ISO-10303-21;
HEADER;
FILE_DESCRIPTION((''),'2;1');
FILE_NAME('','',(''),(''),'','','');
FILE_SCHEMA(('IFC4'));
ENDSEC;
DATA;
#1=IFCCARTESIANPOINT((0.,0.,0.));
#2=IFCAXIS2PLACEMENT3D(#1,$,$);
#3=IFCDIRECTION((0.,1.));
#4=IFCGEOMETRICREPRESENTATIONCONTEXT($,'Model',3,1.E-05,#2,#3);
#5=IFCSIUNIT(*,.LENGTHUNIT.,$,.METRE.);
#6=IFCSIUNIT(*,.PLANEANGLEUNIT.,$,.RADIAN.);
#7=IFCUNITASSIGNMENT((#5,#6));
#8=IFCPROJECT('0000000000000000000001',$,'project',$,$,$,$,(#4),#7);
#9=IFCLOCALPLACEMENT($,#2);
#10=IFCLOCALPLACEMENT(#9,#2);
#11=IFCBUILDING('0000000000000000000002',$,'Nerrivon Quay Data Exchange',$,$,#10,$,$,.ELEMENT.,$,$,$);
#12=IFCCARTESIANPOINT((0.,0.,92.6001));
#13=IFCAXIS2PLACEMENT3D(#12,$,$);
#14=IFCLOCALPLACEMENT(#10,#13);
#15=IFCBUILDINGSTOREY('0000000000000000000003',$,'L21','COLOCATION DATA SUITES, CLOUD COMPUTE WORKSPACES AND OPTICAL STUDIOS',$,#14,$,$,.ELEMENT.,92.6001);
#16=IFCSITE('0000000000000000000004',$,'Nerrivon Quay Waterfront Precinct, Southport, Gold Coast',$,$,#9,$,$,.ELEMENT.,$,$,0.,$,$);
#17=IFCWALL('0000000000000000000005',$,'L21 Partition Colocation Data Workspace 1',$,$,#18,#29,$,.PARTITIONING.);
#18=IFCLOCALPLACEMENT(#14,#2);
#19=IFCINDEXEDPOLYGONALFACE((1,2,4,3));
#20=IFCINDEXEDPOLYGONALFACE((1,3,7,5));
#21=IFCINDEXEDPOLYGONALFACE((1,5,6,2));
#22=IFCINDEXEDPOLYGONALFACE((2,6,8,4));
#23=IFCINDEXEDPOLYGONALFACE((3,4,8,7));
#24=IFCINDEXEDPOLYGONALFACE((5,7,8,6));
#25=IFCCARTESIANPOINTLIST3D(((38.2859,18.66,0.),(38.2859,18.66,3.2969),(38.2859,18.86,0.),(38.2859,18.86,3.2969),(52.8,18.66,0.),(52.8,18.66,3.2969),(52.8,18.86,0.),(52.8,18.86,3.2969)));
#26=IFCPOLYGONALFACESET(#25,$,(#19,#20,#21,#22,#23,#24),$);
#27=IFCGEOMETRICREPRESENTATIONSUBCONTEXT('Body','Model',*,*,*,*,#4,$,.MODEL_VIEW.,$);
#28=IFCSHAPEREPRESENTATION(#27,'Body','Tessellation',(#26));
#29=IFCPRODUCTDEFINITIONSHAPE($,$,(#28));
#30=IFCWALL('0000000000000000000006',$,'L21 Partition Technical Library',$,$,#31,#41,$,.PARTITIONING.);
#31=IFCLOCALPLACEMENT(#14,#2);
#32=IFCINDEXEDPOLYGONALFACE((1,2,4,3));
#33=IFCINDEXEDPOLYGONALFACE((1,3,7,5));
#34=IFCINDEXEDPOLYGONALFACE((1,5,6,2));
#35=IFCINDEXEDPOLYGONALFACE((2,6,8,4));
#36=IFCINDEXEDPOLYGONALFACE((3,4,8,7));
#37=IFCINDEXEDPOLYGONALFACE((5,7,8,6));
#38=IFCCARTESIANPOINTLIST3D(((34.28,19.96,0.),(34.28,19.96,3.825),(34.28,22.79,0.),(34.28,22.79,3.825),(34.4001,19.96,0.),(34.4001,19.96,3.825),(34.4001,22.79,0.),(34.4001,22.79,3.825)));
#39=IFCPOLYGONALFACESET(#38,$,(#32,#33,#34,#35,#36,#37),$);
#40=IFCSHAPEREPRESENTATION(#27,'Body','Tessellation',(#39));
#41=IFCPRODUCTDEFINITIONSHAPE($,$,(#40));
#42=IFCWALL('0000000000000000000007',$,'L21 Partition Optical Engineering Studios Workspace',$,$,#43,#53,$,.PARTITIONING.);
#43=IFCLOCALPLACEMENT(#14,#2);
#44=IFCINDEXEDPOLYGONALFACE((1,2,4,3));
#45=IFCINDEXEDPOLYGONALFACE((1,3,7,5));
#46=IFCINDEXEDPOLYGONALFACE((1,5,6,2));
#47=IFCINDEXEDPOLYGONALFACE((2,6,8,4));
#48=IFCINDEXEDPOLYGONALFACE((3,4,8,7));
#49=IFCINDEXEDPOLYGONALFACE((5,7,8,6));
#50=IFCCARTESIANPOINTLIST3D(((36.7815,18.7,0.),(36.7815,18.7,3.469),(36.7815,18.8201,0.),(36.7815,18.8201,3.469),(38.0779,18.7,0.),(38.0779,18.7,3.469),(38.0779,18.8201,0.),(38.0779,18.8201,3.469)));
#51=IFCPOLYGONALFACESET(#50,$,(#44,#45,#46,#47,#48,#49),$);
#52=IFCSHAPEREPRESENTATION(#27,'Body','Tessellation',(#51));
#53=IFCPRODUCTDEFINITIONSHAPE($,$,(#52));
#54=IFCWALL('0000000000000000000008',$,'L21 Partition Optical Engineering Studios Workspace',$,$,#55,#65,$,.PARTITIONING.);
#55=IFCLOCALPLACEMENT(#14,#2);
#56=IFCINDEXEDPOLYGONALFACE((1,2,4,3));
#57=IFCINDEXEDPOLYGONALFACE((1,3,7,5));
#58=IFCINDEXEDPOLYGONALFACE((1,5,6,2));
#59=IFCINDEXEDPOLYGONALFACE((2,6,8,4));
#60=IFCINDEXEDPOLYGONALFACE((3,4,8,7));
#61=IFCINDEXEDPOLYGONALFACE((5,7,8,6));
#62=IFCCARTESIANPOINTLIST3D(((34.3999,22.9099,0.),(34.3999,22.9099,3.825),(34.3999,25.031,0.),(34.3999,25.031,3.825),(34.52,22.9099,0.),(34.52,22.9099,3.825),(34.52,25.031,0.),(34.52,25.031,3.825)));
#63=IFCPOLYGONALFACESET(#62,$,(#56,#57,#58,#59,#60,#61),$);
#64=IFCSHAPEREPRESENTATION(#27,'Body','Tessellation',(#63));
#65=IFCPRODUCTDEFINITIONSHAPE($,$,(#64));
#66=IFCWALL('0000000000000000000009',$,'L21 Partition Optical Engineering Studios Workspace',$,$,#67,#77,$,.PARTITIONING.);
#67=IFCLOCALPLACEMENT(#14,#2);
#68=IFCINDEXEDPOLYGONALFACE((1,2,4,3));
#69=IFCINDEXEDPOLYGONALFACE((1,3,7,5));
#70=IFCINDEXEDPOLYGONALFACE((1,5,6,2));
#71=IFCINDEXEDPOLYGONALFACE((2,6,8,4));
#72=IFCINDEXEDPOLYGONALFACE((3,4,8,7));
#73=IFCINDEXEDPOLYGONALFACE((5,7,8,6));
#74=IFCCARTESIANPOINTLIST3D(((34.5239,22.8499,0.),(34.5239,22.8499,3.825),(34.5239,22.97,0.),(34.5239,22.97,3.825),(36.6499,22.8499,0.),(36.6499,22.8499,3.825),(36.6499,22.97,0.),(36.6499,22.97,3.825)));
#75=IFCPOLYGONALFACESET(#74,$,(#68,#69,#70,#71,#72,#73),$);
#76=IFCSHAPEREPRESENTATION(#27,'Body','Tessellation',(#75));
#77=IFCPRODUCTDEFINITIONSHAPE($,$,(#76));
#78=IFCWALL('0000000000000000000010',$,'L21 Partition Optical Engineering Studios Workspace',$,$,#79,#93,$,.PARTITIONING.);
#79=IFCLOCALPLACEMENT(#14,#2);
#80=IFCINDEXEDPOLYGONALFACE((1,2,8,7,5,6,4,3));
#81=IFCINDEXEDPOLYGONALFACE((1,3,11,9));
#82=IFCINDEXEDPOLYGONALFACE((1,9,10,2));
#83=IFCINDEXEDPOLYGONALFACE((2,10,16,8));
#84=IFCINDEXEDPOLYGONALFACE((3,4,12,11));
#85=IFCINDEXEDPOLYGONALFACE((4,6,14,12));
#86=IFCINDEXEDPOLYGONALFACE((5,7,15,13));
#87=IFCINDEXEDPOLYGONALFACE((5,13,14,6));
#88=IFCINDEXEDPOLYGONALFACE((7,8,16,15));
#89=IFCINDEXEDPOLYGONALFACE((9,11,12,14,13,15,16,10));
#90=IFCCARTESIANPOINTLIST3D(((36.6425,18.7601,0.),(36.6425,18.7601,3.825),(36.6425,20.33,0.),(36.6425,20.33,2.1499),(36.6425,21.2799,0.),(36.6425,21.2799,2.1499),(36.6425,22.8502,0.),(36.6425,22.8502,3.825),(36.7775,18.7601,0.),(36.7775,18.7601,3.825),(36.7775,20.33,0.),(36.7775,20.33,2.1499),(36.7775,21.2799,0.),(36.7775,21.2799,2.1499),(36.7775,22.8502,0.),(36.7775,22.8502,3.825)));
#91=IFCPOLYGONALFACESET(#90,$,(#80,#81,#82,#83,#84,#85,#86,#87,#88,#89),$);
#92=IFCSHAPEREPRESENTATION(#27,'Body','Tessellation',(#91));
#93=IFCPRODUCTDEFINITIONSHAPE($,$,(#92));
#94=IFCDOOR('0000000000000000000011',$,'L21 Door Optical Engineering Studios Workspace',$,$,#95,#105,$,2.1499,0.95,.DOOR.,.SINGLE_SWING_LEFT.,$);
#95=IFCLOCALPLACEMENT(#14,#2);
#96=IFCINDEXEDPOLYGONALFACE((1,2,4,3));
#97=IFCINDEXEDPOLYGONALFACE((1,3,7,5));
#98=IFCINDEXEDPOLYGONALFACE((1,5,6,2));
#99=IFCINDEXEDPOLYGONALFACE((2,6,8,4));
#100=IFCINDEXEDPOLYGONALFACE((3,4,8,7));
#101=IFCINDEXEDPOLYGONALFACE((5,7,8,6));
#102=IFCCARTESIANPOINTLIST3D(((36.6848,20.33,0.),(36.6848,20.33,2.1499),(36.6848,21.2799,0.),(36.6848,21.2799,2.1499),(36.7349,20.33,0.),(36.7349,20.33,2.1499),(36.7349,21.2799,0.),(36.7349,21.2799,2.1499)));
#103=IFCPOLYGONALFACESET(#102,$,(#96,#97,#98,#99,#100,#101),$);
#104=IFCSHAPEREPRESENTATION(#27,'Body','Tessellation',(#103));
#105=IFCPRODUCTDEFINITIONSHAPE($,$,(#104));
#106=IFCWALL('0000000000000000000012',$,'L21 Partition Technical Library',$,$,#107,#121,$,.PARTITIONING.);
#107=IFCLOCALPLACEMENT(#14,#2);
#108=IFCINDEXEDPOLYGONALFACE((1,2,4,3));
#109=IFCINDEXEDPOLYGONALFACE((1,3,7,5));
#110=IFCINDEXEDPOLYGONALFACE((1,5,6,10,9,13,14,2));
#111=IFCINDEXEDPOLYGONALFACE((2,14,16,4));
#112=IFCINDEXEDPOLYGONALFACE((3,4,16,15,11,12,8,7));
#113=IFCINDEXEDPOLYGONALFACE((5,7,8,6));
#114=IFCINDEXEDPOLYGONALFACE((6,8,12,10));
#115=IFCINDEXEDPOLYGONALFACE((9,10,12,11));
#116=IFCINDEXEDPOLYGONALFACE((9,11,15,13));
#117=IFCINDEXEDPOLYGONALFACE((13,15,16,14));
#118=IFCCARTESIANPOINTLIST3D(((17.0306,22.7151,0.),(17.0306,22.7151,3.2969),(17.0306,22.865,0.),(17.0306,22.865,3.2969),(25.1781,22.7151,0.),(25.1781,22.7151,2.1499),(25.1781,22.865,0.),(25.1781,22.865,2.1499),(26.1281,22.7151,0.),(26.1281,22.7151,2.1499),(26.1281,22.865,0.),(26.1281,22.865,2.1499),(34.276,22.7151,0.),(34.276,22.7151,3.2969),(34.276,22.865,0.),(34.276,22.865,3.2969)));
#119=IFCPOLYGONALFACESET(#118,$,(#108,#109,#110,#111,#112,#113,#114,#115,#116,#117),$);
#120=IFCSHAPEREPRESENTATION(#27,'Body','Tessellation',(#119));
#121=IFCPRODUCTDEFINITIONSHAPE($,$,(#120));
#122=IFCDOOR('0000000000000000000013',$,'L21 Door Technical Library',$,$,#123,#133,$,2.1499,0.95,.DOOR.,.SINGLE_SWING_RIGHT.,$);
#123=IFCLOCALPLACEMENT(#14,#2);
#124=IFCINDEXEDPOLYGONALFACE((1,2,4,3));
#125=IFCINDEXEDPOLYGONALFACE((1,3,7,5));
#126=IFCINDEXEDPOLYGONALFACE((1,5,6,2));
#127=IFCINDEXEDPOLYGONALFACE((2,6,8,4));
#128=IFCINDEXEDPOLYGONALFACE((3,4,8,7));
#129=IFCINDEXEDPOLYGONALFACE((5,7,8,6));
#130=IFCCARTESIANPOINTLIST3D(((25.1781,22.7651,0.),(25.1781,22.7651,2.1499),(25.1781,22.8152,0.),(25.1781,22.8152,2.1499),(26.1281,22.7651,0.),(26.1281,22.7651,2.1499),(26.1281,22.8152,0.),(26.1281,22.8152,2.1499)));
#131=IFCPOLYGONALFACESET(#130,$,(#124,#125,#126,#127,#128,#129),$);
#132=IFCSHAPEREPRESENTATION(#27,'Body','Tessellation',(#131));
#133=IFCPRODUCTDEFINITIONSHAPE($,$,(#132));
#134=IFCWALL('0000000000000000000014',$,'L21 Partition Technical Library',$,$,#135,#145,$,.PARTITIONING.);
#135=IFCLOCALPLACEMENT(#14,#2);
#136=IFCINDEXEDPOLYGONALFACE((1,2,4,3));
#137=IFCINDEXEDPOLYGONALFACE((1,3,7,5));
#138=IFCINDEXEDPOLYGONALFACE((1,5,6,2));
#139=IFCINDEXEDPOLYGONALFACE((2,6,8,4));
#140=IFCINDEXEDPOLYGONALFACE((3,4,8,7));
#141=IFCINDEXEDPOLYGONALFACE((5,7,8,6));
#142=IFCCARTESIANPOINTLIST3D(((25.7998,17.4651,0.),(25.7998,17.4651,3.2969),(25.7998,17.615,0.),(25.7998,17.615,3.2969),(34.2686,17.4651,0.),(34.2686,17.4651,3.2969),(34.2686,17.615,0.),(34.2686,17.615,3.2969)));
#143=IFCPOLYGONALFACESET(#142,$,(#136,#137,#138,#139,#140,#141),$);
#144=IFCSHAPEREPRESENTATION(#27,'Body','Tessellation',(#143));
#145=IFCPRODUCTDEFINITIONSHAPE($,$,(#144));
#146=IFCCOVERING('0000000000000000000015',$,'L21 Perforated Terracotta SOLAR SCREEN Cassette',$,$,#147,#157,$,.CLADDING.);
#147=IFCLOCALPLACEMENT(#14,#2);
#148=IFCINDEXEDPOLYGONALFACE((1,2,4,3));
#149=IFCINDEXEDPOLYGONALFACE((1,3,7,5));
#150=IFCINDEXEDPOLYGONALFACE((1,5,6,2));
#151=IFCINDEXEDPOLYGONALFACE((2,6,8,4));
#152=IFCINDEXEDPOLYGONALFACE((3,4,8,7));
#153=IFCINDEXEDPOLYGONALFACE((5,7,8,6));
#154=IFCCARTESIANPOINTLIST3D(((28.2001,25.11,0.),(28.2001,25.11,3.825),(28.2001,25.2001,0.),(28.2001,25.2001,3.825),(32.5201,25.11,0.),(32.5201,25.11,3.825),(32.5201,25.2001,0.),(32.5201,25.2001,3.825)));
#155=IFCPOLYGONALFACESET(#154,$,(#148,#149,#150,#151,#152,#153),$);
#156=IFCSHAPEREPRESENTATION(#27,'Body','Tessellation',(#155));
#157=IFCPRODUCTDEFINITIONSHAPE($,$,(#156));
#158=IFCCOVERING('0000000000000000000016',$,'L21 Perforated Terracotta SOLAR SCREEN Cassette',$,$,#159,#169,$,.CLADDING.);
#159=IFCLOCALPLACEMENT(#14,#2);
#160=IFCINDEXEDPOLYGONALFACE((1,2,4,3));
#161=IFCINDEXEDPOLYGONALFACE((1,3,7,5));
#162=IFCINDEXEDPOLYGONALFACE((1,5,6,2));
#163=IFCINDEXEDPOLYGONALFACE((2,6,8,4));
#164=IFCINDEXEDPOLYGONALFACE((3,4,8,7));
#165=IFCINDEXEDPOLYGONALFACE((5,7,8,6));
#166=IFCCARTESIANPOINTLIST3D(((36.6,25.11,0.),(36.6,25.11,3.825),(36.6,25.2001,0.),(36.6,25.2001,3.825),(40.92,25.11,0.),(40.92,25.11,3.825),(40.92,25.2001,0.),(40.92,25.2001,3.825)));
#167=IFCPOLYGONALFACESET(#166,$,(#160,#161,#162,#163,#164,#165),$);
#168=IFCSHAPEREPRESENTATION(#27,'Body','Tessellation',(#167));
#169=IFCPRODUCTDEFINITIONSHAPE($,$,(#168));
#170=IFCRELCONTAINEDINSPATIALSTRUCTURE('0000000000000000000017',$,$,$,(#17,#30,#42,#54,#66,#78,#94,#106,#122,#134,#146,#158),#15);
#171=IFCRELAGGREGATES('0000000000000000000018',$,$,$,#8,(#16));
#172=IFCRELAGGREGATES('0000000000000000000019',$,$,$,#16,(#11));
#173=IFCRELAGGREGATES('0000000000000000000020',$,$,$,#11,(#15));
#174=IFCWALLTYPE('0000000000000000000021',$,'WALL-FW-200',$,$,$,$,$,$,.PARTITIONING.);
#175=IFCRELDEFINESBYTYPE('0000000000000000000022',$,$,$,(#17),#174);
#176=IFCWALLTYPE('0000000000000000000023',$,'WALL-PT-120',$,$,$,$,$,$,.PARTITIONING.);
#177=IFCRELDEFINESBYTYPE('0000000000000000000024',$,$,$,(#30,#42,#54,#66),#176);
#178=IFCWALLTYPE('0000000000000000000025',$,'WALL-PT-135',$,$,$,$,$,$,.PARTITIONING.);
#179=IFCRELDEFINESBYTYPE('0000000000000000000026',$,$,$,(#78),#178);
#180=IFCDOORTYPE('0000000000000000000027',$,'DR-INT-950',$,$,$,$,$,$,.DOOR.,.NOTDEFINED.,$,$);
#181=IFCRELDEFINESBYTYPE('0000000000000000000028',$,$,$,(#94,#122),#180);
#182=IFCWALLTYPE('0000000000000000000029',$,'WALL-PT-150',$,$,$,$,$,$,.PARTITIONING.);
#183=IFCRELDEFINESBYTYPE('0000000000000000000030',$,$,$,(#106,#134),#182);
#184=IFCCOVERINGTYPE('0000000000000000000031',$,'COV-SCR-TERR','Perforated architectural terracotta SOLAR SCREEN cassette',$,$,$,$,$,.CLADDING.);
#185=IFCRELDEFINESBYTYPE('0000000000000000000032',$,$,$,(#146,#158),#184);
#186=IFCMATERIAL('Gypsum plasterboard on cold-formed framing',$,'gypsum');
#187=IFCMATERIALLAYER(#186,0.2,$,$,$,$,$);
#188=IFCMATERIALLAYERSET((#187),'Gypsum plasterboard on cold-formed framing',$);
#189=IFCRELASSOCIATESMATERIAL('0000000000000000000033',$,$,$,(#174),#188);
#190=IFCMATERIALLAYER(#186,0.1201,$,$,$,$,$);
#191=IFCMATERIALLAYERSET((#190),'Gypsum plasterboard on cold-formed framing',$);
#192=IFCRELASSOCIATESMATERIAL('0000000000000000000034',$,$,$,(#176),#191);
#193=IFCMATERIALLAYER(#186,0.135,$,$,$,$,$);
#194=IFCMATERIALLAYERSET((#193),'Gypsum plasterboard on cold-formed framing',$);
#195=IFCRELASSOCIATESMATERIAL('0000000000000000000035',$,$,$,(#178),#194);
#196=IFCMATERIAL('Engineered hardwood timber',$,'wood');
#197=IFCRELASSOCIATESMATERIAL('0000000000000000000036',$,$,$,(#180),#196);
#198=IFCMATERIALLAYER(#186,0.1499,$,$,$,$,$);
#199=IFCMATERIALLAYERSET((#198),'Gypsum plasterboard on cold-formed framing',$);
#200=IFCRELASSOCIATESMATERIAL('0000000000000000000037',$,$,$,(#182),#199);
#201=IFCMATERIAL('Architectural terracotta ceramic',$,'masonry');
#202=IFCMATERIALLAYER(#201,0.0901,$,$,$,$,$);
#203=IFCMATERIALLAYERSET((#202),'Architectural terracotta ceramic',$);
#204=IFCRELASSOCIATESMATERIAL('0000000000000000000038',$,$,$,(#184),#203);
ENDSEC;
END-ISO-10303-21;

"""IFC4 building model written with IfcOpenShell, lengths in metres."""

from ifc_helpers import new_model, si_unit, direction, frame, frame_2d, origin, origin_2d, place, context, subcontext, project, spatial, rectangle, extrude, material, layer, layer_set, type_object, element, fill, save


model = new_model("IFC4")

# Units and contexts
model_context = context("Model", 3, precision=1e-05, world=origin(), true_north=direction((0.0, 1.0)))
body_context = subcontext(model_context, "Body", "Model", "MODEL_VIEW")
ifc_project = project(units=[si_unit("LENGTHUNIT", "METRE"), si_unit("PLANEANGLEUNIT", "RADIAN")], contexts=[model_context])

# Site, building, storey
site_placement = place(None, origin())
site = spatial("IfcSite", under=ifc_project, at=site_placement, Name="Nerrivon Quay Waterfront Precinct, Southport, Gold Coast", CompositionType="ELEMENT", RefElevation=0.0)
building_placement = place(site_placement, origin())
building = spatial("IfcBuilding", under=site, at=building_placement, Name="Nerrivon Quay Data Exchange", CompositionType="ELEMENT")
storey_placement = place(building_placement, frame((0.0, 0.0, 92.6001)))
storey = spatial("IfcBuildingStorey", under=building, at=storey_placement, Name="L21", Description="COLOCATION DATA SUITES, CLOUD COMPUTE WORKSPACES AND OPTICAL STUDIOS", CompositionType="ELEMENT", Elevation=92.6001)

# Walls
ifc_material_1 = material(Name="Gypsum plasterboard on cold-formed framing", Category="gypsum")
ifc_layer_1 = layer(ifc_material_1, 0.2)
ifc_layer_set_1 = layer_set([ifc_layer_1], Name="Gypsum plasterboard on cold-formed framing")
wall_type_1 = type_object("IfcWallType", Name="WALL-FW-200", PredefinedType="PARTITIONING", material=ifc_layer_set_1)
wall_1_placement = place(storey_placement, frame((38.2859, 18.76, 0.0), z_axis=(0.0, 0.0, 1.0), x_axis=(1.0, 0.0, 0.0)))
element("IfcWall", 1, at=wall_1_placement, inside=storey, type_object=wall_type_1, Name="L21 Partition Colocation Data Workspace 1", PredefinedType="PARTITIONING", context=body_context, shape_type="SweptSolid", body=[
    extrude(rectangle(XDim=14.5142, YDim=0.2, at=frame_2d((7.2571, 0.0))), origin(), (0.0, 0.0, 1.0), 3.2969),
])
ifc_layer_2 = layer(ifc_material_1, 0.1201)
ifc_layer_set_2 = layer_set([ifc_layer_2], Name="Gypsum plasterboard on cold-formed framing")
wall_type_2 = type_object("IfcWallType", Name="WALL-PT-120", PredefinedType="PARTITIONING", material=ifc_layer_set_2)
wall_2_placement = place(storey_placement, frame((34.3401, 19.96, 0.0), z_axis=(0.0, 0.0, 1.0), x_axis=(0.0, 1.0, 0.0)))
element("IfcWall", 2, at=wall_2_placement, inside=storey, type_object=wall_type_2, Name="L21 Partition Technical Library", PredefinedType="PARTITIONING", context=body_context, shape_type="SweptSolid", body=[
    extrude(rectangle(XDim=2.8301, YDim=0.1201, at=frame_2d((1.415, 0.0))), origin(), (0.0, 0.0, 1.0), 3.825),
])
wall_3_placement = place(storey_placement, frame((36.7815, 18.76, 0.0), z_axis=(0.0, 0.0, 1.0), x_axis=(1.0, 0.0, 0.0)))
element("IfcWall", 3, at=wall_3_placement, inside=storey, type_object=wall_type_2, Name="L21 Partition Optical Engineering Studios Workspace", PredefinedType="PARTITIONING", context=body_context, shape_type="SweptSolid", body=[
    extrude(rectangle(XDim=1.2964, YDim=0.1201, at=frame_2d((0.6482, 0.0))), origin(), (0.0, 0.0, 1.0), 3.469),
])
wall_4_placement = place(storey_placement, frame((34.46, 25.031, 0.0), z_axis=(0.0, 0.0, 1.0), x_axis=(0.0, -1.0, 0.0)))
element("IfcWall", 4, at=wall_4_placement, inside=storey, type_object=wall_type_2, Name="L21 Partition Optical Engineering Studios Workspace", PredefinedType="PARTITIONING", context=body_context, shape_type="SweptSolid", body=[
    extrude(rectangle(XDim=2.1211, YDim=0.1201, at=frame_2d((1.0605, 0.0))), origin(), (0.0, 0.0, 1.0), 3.825),
])
wall_5_placement = place(storey_placement, frame((34.5239, 22.9099, 0.0), z_axis=(0.0, 0.0, 1.0), x_axis=(1.0, 0.0, 0.0)))
element("IfcWall", 5, at=wall_5_placement, inside=storey, type_object=wall_type_2, Name="L21 Partition Optical Engineering Studios Workspace", PredefinedType="PARTITIONING", context=body_context, shape_type="SweptSolid", body=[
    extrude(rectangle(XDim=2.126, YDim=0.1201, at=frame_2d((1.063, 0.0))), origin(), (0.0, 0.0, 1.0), 3.825),
])

# Walls, openings, doors
ifc_layer_3 = layer(ifc_material_1, 0.135)
ifc_layer_set_3 = layer_set([ifc_layer_3], Name="Gypsum plasterboard on cold-formed framing")
wall_type_3 = type_object("IfcWallType", Name="WALL-PT-135", PredefinedType="PARTITIONING", material=ifc_layer_set_3)
wall_6_placement = place(storey_placement, frame((36.71, 22.8501, 0.0), z_axis=(0.0, 0.0, 1.0), x_axis=(0.0, -1.0, 0.0)))
wall_6 = element("IfcWall", 6, at=wall_6_placement, inside=storey, type_object=wall_type_3, Name="L21 Partition Optical Engineering Studios Workspace", PredefinedType="PARTITIONING", context=body_context, shape_type="SweptSolid", body=[
    extrude(rectangle(XDim=4.0901, YDim=0.135, at=frame_2d((2.0449, 0.0))), origin(), (0.0, 0.0, 1.0), 3.825),
])
opening_1_placement = place(wall_6_placement, frame((1.5701, 0.0, 0.0)))
opening_1 = element("IfcOpeningElement", 7, at=opening_1_placement, cuts=wall_6, PredefinedType="OPENING", context=body_context, shape_type="SweptSolid", body=[
    extrude(rectangle(XDim=0.95, YDim=2.1499, at=frame_2d((0.4751, 1.075))), frame((0.0, 0.0774, 0.0), z_axis=(0.0, -1.0, 0.0), x_axis=(1.0, 0.0, 0.0)), (0.0, 0.0, 1.0), 0.155),
])
ifc_material_2 = material(Name="Engineered hardwood timber", Category="wood")
door_type = type_object("IfcDoorType", Name="DR-INT-950", OperationType="NOTDEFINED", PredefinedType="DOOR", material=ifc_material_2)
door_1_placement = place(opening_1_placement, origin())
door_1 = element("IfcDoor", 8, at=door_1_placement, inside=storey, type_object=door_type, Name="L21 Door Optical Engineering Studios Workspace", OperationType="SINGLE_SWING_LEFT", OverallHeight=2.1499, OverallWidth=0.95, PredefinedType="DOOR", context=body_context, shape_type="SweptSolid", body=[
    extrude(rectangle(XDim=0.95, YDim=2.1499, at=frame_2d((0.4751, 1.075))), frame((0.0, 0.0249, 0.0), z_axis=(0.0, -1.0, 0.0), x_axis=(1.0, 0.0, 0.0)), (0.0, 0.0, 1.0), 0.05),
])
fill(opening_1, door_1)
ifc_layer_4 = layer(ifc_material_1, 0.1499)
ifc_layer_set_4 = layer_set([ifc_layer_4], Name="Gypsum plasterboard on cold-formed framing")
wall_type_4 = type_object("IfcWallType", Name="WALL-PT-150", PredefinedType="PARTITIONING", material=ifc_layer_set_4)
wall_7_placement = place(storey_placement, frame((34.2759, 22.79, 0.0), z_axis=(0.0, 0.0, 1.0), x_axis=(-1.0, 0.0, 0.0)))
wall_7 = element("IfcWall", 9, at=wall_7_placement, inside=storey, type_object=wall_type_4, Name="L21 Partition Technical Library", PredefinedType="PARTITIONING", context=body_context, shape_type="SweptSolid", body=[
    extrude(rectangle(XDim=17.2454, YDim=0.1499, at=frame_2d((8.6226, 0.0))), origin(), (0.0, 0.0, 1.0), 3.2969),
])
opening_2_placement = place(wall_7_placement, frame((8.1477, 0.0, 0.0)))
opening_2 = element("IfcOpeningElement", 10, at=opening_2_placement, cuts=wall_7, PredefinedType="OPENING", context=body_context, shape_type="SweptSolid", body=[
    extrude(rectangle(XDim=0.95, YDim=2.1499, at=frame_2d((0.4751, 1.075))), frame((0.0, 0.085, 0.0), z_axis=(0.0, -1.0, 0.0), x_axis=(1.0, 0.0, 0.0)), (0.0, 0.0, 1.0), 0.1699),
])
door_2_placement = place(opening_2_placement, origin())
door_2 = element("IfcDoor", 11, at=door_2_placement, inside=storey, type_object=door_type, Name="L21 Door Technical Library", OperationType="SINGLE_SWING_RIGHT", OverallHeight=2.1499, OverallWidth=0.95, PredefinedType="DOOR", context=body_context, shape_type="SweptSolid", body=[
    extrude(rectangle(XDim=0.95, YDim=2.1499, at=frame_2d((0.4751, 1.075))), frame((0.0, 0.0249, 0.0), z_axis=(0.0, -1.0, 0.0), x_axis=(1.0, 0.0, 0.0)), (0.0, 0.0, 1.0), 0.05),
])
fill(opening_2, door_2)

# Wall
wall_8_placement = place(storey_placement, frame((34.2686, 17.54, 0.0), z_axis=(0.0, 0.0, 1.0), x_axis=(-1.0, 0.0, 0.0)))
element("IfcWall", 12, at=wall_8_placement, inside=storey, type_object=wall_type_4, Name="L21 Partition Technical Library", PredefinedType="PARTITIONING", context=body_context, shape_type="SweptSolid", body=[
    extrude(rectangle(XDim=8.4688, YDim=0.1499, at=frame_2d((4.2344, 0.0))), origin(), (0.0, 0.0, 1.0), 3.2969),
])

# Coverings
ifc_material_3 = material(Name="Architectural terracotta ceramic", Category="masonry")
ifc_layer_5 = layer(ifc_material_3, 0.0901)
ifc_layer_set_5 = layer_set([ifc_layer_5], Name="Architectural terracotta ceramic")
covering_type = type_object("IfcCoveringType", Name="COV-SCR-TERR", Description="Perforated architectural terracotta SOLAR SCREEN cassette", PredefinedType="CLADDING", material=ifc_layer_set_5)
for number, where, z_axis, x_axis, name in (
    (13, (30.3601, 25.155, 0.0), (0.0, 0.0, 1.0), (1.0, 0.0, 0.0), "L21 Perforated Terracotta SOLAR SCREEN Cassette"),
    (14, (38.76, 25.155, 0.0), (0.0, 0.0, 1.0), (1.0, 0.0, 0.0), "L21 Perforated Terracotta SOLAR SCREEN Cassette"),
):
    element("IfcCovering", number, at=place(storey_placement, frame(where, z_axis=z_axis, x_axis=x_axis)), inside=storey, type_object=covering_type, Name=name, PredefinedType="CLADDING", context=body_context, shape_type="SweptSolid", body=[
        extrude(rectangle(XDim=4.3201, YDim=0.0901, at=origin_2d()), origin(), (0.0, 0.0, 1.0), 3.825),
    ])

save(model, "model.ifc")
